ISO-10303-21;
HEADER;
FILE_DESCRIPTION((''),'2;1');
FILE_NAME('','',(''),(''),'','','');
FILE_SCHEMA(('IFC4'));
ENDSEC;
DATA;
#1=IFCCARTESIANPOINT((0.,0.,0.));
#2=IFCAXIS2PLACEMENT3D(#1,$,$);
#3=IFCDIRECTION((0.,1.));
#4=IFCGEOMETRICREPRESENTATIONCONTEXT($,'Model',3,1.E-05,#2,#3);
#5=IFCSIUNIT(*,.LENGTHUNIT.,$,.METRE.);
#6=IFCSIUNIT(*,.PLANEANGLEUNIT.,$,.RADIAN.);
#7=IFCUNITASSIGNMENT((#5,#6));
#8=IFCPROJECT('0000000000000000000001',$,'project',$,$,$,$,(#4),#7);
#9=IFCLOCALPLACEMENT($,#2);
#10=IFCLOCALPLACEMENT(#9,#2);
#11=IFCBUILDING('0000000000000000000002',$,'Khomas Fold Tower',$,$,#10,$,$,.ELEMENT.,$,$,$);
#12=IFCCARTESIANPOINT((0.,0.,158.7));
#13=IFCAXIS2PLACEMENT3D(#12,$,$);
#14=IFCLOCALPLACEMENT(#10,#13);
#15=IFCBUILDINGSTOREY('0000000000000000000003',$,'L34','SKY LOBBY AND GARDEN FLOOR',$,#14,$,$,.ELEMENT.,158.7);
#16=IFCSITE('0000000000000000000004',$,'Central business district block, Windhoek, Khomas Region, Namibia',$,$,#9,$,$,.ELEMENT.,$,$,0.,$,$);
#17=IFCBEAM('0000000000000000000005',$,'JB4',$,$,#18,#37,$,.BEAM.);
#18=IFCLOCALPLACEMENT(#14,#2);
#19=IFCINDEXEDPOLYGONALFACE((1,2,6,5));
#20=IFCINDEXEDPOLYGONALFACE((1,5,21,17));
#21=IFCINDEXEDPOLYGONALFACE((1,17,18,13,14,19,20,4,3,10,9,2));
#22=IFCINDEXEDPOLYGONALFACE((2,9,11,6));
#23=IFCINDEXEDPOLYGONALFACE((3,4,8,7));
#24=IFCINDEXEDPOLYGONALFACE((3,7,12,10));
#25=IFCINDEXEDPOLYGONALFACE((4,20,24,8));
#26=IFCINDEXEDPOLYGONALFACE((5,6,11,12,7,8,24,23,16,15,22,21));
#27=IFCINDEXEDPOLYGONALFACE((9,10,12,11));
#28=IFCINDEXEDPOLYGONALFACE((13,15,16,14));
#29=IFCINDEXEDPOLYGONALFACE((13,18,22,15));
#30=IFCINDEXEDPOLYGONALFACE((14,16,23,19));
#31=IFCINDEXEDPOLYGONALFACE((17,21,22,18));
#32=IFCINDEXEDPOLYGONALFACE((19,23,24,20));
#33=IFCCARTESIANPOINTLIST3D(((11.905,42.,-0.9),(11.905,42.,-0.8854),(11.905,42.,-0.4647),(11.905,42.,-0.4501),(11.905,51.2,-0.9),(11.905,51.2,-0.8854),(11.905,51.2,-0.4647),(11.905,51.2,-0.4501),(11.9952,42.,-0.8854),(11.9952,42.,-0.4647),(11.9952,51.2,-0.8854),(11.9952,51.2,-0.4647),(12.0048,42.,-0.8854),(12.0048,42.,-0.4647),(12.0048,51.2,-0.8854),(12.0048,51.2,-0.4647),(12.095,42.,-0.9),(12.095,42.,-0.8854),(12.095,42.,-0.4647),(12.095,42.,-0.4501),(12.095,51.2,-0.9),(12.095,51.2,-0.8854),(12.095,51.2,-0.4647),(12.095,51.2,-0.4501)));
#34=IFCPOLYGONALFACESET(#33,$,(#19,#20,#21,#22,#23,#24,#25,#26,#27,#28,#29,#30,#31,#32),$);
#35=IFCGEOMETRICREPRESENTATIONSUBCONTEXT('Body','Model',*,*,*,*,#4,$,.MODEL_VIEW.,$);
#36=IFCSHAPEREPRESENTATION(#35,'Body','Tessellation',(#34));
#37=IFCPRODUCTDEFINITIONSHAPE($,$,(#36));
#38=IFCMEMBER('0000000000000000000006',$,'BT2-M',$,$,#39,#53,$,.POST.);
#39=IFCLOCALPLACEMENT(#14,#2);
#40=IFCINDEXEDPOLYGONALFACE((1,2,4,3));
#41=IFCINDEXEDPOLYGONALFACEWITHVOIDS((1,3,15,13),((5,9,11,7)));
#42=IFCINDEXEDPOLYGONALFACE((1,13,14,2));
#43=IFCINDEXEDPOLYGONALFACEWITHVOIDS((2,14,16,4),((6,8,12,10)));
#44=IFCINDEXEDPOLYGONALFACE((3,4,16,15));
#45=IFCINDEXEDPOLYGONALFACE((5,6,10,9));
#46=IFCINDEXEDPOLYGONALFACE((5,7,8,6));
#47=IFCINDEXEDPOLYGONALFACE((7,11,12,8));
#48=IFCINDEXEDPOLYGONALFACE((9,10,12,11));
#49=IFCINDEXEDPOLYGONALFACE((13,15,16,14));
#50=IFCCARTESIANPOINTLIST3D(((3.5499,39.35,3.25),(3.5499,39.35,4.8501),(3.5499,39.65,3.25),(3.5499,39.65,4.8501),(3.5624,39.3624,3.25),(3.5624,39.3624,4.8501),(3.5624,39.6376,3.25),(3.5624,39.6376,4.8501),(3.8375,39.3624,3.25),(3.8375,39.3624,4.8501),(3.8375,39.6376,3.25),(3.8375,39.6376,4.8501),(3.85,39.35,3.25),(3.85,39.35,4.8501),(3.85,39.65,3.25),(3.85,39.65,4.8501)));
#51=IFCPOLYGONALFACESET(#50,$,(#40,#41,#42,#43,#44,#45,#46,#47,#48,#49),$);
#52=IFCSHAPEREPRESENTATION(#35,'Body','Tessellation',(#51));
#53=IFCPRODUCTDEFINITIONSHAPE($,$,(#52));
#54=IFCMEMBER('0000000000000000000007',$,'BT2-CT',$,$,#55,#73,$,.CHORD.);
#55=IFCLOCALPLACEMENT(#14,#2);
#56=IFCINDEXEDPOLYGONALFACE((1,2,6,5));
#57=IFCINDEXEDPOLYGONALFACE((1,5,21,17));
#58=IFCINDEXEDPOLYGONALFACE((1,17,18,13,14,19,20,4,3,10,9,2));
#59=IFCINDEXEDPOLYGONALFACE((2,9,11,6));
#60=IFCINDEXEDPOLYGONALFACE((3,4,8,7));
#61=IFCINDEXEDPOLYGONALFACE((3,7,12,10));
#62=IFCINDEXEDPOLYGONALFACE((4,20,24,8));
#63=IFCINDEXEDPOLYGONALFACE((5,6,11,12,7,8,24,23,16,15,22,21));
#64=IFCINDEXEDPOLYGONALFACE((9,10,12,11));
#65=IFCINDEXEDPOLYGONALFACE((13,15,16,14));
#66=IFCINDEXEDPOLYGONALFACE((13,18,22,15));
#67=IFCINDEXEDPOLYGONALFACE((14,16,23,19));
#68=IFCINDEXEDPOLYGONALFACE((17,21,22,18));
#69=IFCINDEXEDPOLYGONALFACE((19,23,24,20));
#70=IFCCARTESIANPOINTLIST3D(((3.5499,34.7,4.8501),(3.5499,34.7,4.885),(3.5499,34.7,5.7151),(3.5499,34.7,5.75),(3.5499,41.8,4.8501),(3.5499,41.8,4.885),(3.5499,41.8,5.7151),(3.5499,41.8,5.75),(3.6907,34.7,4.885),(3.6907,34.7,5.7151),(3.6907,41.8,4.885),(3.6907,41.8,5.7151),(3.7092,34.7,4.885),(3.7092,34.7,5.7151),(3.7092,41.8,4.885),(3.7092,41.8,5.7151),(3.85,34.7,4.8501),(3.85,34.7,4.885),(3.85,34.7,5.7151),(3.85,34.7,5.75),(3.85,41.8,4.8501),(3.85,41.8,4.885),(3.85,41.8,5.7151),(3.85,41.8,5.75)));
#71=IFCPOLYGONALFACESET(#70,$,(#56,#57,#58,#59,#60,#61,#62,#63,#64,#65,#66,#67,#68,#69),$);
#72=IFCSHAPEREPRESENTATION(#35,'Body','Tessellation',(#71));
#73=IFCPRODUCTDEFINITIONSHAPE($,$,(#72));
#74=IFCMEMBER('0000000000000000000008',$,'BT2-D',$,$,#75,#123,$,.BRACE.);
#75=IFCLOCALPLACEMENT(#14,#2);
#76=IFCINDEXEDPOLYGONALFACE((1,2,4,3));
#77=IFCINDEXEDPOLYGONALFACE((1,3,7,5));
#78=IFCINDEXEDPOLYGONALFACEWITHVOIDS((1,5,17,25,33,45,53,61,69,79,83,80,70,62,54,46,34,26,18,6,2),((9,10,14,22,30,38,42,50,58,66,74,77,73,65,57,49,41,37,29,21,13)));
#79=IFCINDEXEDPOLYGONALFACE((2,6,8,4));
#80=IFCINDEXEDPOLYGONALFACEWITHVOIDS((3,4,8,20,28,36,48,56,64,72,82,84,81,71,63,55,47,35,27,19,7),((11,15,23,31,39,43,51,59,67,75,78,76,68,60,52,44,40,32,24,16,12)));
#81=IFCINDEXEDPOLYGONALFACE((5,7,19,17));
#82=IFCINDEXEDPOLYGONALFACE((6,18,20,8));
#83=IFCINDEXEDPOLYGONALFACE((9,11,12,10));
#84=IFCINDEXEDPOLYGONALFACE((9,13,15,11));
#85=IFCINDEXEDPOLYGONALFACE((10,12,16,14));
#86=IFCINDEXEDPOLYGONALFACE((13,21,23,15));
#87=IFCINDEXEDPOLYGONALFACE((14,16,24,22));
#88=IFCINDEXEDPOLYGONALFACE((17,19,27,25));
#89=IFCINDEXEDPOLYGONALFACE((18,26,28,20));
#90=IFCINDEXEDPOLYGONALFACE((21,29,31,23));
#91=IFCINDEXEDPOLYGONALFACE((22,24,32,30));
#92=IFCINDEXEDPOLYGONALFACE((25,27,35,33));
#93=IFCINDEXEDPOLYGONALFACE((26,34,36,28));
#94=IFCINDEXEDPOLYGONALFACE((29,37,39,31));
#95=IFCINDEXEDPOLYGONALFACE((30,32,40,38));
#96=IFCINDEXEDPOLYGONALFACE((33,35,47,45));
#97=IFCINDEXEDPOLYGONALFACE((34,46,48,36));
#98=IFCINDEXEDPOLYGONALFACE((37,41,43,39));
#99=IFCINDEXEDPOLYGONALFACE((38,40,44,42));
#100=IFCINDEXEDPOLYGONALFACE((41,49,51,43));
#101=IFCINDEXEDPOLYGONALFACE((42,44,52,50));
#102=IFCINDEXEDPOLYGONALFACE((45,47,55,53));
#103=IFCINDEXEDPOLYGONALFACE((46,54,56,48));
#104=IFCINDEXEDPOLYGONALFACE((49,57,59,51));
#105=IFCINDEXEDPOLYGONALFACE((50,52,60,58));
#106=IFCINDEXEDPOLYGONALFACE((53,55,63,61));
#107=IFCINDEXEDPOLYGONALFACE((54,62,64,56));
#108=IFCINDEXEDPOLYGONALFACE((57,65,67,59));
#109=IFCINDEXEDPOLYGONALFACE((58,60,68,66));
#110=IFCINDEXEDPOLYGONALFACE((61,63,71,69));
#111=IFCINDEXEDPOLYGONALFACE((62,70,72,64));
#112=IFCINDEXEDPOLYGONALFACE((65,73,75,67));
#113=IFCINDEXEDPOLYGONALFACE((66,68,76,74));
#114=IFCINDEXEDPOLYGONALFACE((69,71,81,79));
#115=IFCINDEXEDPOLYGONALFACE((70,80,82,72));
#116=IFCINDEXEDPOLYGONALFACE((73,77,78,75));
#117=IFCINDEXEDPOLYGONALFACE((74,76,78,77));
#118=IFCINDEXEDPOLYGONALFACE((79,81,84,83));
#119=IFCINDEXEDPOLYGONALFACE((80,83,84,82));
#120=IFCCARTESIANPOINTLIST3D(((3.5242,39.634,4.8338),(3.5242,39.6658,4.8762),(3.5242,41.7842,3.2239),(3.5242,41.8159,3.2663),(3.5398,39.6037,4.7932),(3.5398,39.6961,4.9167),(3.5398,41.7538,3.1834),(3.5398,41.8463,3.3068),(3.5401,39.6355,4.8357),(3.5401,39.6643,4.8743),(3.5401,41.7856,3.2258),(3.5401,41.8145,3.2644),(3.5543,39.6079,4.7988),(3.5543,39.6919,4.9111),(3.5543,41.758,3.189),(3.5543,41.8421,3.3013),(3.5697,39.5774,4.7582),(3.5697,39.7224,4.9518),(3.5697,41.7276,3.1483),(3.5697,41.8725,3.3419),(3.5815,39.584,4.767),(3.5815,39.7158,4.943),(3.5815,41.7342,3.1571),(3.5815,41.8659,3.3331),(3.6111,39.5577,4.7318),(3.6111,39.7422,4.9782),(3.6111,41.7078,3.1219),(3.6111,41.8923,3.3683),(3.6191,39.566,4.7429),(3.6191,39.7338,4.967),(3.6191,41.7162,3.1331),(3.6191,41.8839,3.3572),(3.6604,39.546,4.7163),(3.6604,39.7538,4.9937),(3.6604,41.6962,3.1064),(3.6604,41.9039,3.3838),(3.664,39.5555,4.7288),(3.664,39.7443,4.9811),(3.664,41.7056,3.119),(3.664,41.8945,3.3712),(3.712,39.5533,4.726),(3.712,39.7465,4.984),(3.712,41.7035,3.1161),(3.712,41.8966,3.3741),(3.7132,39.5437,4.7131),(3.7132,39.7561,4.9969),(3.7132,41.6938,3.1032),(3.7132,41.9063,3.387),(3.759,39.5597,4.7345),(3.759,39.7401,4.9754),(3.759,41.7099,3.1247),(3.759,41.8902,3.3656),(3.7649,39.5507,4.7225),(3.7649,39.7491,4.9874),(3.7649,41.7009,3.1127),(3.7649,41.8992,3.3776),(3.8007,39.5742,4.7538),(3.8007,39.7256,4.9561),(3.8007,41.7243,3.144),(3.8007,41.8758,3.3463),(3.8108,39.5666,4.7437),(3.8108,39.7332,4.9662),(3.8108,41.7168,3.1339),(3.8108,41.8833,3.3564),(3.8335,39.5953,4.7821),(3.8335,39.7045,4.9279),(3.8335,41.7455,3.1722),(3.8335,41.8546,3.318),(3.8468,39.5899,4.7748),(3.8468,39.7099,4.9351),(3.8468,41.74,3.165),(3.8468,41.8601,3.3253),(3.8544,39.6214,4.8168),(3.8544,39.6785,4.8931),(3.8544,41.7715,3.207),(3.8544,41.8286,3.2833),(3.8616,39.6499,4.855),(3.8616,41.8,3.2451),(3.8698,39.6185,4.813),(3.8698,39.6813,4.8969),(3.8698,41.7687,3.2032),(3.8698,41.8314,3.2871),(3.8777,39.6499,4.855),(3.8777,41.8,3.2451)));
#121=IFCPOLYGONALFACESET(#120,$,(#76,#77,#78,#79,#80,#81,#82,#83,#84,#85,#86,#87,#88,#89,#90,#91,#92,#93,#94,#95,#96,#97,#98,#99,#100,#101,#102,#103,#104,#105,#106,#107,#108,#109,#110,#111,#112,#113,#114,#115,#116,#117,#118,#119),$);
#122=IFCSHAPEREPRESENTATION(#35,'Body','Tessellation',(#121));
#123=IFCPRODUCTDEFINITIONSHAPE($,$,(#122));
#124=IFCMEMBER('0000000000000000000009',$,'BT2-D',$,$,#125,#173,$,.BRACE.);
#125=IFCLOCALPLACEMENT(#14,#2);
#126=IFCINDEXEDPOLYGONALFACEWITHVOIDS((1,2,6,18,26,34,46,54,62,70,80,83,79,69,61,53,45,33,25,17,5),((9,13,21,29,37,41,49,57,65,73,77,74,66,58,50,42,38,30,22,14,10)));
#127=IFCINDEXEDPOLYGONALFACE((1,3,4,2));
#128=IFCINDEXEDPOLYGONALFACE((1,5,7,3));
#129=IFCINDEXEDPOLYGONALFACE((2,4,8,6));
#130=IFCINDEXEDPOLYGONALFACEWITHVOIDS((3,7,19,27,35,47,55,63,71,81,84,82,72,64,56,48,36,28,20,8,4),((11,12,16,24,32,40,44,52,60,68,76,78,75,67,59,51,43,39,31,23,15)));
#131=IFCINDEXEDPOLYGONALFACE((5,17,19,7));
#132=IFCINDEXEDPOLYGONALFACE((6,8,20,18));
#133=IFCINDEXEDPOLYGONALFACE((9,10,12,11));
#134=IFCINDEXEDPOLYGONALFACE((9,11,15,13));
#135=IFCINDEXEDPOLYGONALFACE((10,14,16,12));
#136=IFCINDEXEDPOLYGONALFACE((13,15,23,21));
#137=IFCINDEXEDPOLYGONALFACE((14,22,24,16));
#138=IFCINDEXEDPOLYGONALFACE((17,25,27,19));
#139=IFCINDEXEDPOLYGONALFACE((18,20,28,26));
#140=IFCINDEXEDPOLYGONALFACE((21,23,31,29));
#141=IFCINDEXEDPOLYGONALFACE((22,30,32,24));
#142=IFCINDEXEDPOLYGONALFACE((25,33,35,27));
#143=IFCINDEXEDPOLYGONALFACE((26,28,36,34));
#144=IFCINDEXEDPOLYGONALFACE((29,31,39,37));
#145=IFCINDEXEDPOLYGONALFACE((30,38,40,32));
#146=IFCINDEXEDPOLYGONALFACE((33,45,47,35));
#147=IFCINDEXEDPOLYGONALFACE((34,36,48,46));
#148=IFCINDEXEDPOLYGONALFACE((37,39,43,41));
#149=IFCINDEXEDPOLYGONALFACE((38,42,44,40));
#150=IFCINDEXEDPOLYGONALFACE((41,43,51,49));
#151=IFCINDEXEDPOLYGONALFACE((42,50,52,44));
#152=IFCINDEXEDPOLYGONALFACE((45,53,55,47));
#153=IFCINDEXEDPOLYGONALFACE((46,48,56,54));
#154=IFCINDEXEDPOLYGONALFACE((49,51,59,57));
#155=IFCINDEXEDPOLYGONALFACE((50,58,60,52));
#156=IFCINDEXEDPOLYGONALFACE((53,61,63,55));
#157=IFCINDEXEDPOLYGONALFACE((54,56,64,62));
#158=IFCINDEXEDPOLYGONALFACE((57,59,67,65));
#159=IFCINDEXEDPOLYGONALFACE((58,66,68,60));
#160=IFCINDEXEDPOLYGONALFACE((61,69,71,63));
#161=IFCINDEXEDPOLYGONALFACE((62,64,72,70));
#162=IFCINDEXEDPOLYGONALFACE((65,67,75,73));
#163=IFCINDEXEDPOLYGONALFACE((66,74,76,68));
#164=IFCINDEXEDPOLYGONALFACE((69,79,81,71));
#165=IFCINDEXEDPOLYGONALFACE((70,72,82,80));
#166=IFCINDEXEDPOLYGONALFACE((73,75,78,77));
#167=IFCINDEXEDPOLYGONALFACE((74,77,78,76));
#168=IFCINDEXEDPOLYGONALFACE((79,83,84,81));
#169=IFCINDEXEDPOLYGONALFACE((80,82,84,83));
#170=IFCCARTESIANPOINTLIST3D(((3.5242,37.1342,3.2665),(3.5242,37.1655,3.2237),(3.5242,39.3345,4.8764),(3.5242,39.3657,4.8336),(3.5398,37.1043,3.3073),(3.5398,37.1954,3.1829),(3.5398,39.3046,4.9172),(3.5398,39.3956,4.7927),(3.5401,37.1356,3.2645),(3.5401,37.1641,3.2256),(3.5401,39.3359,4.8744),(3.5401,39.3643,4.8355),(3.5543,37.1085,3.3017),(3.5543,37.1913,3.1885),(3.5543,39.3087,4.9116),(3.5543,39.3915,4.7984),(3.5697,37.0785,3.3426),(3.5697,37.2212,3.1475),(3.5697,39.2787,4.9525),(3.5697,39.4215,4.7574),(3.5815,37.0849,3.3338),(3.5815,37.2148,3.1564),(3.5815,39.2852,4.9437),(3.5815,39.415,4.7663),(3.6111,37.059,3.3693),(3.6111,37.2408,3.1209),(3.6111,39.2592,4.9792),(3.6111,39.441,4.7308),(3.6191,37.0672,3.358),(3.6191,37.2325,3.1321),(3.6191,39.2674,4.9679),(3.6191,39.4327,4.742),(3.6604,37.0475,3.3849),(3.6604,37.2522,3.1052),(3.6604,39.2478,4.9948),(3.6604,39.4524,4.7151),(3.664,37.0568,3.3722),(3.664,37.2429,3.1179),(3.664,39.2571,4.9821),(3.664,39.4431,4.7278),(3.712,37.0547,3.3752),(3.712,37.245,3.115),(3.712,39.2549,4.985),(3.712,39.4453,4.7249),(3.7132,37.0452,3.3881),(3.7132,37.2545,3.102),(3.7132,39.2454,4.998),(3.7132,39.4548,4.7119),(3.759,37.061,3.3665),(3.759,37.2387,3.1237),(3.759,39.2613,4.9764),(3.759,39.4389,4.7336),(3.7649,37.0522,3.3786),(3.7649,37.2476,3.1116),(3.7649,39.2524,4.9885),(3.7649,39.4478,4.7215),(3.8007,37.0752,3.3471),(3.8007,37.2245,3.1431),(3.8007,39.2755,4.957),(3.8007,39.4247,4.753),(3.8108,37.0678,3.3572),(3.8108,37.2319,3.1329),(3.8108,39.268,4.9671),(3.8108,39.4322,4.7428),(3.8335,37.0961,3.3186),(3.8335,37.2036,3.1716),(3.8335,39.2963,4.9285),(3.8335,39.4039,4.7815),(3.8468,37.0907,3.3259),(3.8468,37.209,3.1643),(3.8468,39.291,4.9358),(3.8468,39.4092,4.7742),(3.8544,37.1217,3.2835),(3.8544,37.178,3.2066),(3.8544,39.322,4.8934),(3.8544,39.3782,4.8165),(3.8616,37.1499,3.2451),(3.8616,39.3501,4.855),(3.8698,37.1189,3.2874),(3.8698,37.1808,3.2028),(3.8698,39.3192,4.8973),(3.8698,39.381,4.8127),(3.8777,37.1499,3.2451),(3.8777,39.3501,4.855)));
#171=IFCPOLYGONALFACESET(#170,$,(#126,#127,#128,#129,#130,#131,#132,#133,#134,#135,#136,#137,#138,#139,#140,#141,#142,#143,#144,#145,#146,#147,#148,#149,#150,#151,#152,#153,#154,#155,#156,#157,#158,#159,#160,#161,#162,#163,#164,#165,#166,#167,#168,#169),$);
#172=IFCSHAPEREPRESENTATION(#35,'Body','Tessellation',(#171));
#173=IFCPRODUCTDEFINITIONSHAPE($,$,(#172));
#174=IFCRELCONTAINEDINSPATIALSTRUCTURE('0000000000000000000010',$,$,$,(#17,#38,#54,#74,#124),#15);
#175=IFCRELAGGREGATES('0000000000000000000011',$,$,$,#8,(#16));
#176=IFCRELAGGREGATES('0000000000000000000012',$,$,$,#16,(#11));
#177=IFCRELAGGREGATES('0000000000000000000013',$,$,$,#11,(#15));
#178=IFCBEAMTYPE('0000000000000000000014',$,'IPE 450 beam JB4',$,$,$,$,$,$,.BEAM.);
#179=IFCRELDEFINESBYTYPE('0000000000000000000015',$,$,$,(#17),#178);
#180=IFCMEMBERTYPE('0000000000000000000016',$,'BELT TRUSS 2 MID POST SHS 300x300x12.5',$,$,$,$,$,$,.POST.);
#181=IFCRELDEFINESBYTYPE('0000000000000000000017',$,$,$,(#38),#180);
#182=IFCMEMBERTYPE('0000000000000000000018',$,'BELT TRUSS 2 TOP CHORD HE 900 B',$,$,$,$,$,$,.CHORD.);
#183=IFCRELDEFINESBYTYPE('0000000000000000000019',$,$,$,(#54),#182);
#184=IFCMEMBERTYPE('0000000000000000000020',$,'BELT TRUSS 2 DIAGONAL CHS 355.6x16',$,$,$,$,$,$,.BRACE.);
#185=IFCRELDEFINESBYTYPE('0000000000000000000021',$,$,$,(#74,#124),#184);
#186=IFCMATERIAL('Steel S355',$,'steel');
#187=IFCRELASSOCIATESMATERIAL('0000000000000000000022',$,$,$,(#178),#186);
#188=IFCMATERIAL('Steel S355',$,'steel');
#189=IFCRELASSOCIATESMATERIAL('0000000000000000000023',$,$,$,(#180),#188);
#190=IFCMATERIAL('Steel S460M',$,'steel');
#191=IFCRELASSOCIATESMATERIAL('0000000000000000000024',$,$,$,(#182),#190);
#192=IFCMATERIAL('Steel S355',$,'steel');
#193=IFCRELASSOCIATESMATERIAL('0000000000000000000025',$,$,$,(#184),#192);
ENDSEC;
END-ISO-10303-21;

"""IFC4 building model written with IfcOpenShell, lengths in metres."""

from ifc_helpers import new_model, si_unit, direction, frame, origin, origin_2d, place, context, subcontext, project, spatial, hollow_rectangle, hollow_circle, i_section, extrude, source, transform, mapped, material, material_profile, profile_set, type_object, element, save


model = new_model("IFC4")

# Units and contexts
model_context = context("Model", 3, precision=1e-05, world=origin(), true_north=direction((0.0, 1.0)))
body_context = subcontext(model_context, "Body", "Model", "MODEL_VIEW")
ifc_project = project(units=[si_unit("LENGTHUNIT", "METRE"), si_unit("PLANEANGLEUNIT", "RADIAN")], contexts=[model_context])

# Site, building, storey
site_placement = place(None, origin())
site = spatial("IfcSite", under=ifc_project, at=site_placement, Name="Central business district block, Windhoek, Khomas Region, Namibia", CompositionType="ELEMENT", RefElevation=0.0)
building_placement = place(site_placement, origin())
building = spatial("IfcBuilding", under=site, at=building_placement, Name="Khomas Fold Tower", CompositionType="ELEMENT")
storey_placement = place(building_placement, frame((0.0, 0.0, 158.7)))
storey = spatial("IfcBuildingStorey", under=building, at=storey_placement, Name="L34", Description="SKY LOBBY AND GARDEN FLOOR", CompositionType="ELEMENT", Elevation=158.7)

# Beam
ifc_material_1 = material(Name="Steel S355", Category="steel")
ifc_material_profile_1 = material_profile(ifc_material_1, i_section(OverallWidth=0.1899, OverallDepth=0.45, WebThickness=0.0095, FlangeThickness=0.0146, at=origin_2d()), Name="IPE 450")
ifc_profile_set_1 = profile_set([ifc_material_profile_1], Name="Steel S355")
beam_type = type_object("IfcBeamType", Name="IPE 450 beam JB4", PredefinedType="BEAM", material=ifc_profile_set_1)
shared_shape_1 = source(origin(), body_context, "Body", "SweptSolid", [
    extrude(i_section(OverallWidth=0.1899, OverallDepth=0.45, WebThickness=0.0095, FlangeThickness=0.0146, at=origin_2d()), origin(), (0.0, 0.0, 1.0), 9.2),
])
beam_placement = place(storey_placement, frame((12.0, 42.0, -0.675), z_axis=(0.0, 1.0, 0.0), x_axis=(-1.0, 0.0, 0.0)))
element("IfcBeam", 1, at=beam_placement, inside=storey, type_object=beam_type, Name="JB4", PredefinedType="BEAM", context=body_context, shape_type="MappedRepresentation", body=[
    mapped(shared_shape_1, transform((0.0, 0.0, 0.0))),
])

# Members
ifc_material_2 = material(Name="Steel S355", Category="steel")
ifc_material_profile_2 = material_profile(ifc_material_2, hollow_rectangle(XDim=0.3, YDim=0.3, WallThickness=0.0125, at=origin_2d()), Name="SHS 300x300x12.5")
ifc_profile_set_2 = profile_set([ifc_material_profile_2], Name="Steel S355")
member_type_1 = type_object("IfcMemberType", Name="BELT TRUSS 2 MID POST SHS 300x300x12.5", PredefinedType="POST", material=ifc_profile_set_2)
shared_shape_2 = source(origin(), body_context, "Body", "SweptSolid", [
    extrude(hollow_rectangle(XDim=0.3, YDim=0.3, WallThickness=0.0125, at=origin_2d()), origin(), (0.0, 0.0, 1.0), 1.6001),
])
member_1_placement = place(storey_placement, frame((3.7, 39.5, 3.25), z_axis=(0.0, 0.0, 1.0), x_axis=(1.0, 0.0, 0.0)))
element("IfcMember", 2, at=member_1_placement, inside=storey, type_object=member_type_1, Name="BT2-M", PredefinedType="POST", context=body_context, shape_type="MappedRepresentation", body=[
    mapped(shared_shape_2, transform((0.0, 0.0, 0.0))),
])
ifc_material_3 = material(Name="Steel S460M", Category="steel")
ifc_material_profile_3 = material_profile(ifc_material_3, i_section(OverallWidth=0.3, OverallDepth=0.8999, WebThickness=0.0186, FlangeThickness=0.0349, at=origin_2d()), Name="HE 900 B")
ifc_profile_set_3 = profile_set([ifc_material_profile_3], Name="Steel S460M")
member_type_2 = type_object("IfcMemberType", Name="BELT TRUSS 2 TOP CHORD HE 900 B", PredefinedType="CHORD", material=ifc_profile_set_3)
shared_shape_3 = source(origin(), body_context, "Body", "SweptSolid", [
    extrude(i_section(OverallWidth=0.3, OverallDepth=0.8999, WebThickness=0.0186, FlangeThickness=0.0349, at=origin_2d()), origin(), (0.0, 0.0, 1.0), 7.1001),
])
member_2_placement = place(storey_placement, frame((3.7, 41.8, 5.3), z_axis=(0.0, -1.0, 0.0), x_axis=(1.0, 0.0, 0.0)))
element("IfcMember", 3, at=member_2_placement, inside=storey, type_object=member_type_2, Name="BT2-CT", PredefinedType="CHORD", context=body_context, shape_type="MappedRepresentation", body=[
    mapped(shared_shape_3, transform((0.0, 0.0, 0.0))),
])
ifc_material_4 = material(Name="Steel S355", Category="steel")
ifc_material_profile_4 = material_profile(ifc_material_4, hollow_circle(Radius=0.1777, WallThickness=0.0161, at=origin_2d()), Name="CHS 355.6x16")
ifc_profile_set_4 = profile_set([ifc_material_profile_4], Name="Steel S355")
member_type_3 = type_object("IfcMemberType", Name="BELT TRUSS 2 DIAGONAL CHS 355.6x16", PredefinedType="BRACE", material=ifc_profile_set_4)
shared_shape_4 = source(origin(), body_context, "Body", "SweptSolid", [
    extrude(hollow_circle(Radius=0.1777, WallThickness=0.0161, at=origin_2d()), origin(), (0.0, 0.0, 1.0), 2.686),
])
member_3_placement = place(storey_placement, frame((3.7, 41.8, 3.2451), z_axis=(0.0, -0.800491, 0.599345), x_axis=(1.0, 0.0, 0.0)))
element("IfcMember", 4, at=member_3_placement, inside=storey, type_object=member_type_3, Name="BT2-D", PredefinedType="BRACE", context=body_context, shape_type="MappedRepresentation", body=[
    mapped(shared_shape_4, transform((0.0, 0.0, 0.0))),
])
shared_shape_5 = source(origin(), body_context, "Body", "SweptSolid", [
    extrude(hollow_circle(Radius=0.1777, WallThickness=0.0161, at=origin_2d()), origin(), (0.0, 0.0, 1.0), 2.7263),
])
member_4_placement = place(storey_placement, frame((3.7, 39.3501, 4.855), z_axis=(0.0, -0.807037, -0.590501), x_axis=(1.0, 0.0, 0.0)))
element("IfcMember", 5, at=member_4_placement, inside=storey, type_object=member_type_3, Name="BT2-D", PredefinedType="BRACE", context=body_context, shape_type="MappedRepresentation", body=[
    mapped(shared_shape_5, transform((0.0, 0.0, 0.0))),
])

save(model, "model.ifc")
